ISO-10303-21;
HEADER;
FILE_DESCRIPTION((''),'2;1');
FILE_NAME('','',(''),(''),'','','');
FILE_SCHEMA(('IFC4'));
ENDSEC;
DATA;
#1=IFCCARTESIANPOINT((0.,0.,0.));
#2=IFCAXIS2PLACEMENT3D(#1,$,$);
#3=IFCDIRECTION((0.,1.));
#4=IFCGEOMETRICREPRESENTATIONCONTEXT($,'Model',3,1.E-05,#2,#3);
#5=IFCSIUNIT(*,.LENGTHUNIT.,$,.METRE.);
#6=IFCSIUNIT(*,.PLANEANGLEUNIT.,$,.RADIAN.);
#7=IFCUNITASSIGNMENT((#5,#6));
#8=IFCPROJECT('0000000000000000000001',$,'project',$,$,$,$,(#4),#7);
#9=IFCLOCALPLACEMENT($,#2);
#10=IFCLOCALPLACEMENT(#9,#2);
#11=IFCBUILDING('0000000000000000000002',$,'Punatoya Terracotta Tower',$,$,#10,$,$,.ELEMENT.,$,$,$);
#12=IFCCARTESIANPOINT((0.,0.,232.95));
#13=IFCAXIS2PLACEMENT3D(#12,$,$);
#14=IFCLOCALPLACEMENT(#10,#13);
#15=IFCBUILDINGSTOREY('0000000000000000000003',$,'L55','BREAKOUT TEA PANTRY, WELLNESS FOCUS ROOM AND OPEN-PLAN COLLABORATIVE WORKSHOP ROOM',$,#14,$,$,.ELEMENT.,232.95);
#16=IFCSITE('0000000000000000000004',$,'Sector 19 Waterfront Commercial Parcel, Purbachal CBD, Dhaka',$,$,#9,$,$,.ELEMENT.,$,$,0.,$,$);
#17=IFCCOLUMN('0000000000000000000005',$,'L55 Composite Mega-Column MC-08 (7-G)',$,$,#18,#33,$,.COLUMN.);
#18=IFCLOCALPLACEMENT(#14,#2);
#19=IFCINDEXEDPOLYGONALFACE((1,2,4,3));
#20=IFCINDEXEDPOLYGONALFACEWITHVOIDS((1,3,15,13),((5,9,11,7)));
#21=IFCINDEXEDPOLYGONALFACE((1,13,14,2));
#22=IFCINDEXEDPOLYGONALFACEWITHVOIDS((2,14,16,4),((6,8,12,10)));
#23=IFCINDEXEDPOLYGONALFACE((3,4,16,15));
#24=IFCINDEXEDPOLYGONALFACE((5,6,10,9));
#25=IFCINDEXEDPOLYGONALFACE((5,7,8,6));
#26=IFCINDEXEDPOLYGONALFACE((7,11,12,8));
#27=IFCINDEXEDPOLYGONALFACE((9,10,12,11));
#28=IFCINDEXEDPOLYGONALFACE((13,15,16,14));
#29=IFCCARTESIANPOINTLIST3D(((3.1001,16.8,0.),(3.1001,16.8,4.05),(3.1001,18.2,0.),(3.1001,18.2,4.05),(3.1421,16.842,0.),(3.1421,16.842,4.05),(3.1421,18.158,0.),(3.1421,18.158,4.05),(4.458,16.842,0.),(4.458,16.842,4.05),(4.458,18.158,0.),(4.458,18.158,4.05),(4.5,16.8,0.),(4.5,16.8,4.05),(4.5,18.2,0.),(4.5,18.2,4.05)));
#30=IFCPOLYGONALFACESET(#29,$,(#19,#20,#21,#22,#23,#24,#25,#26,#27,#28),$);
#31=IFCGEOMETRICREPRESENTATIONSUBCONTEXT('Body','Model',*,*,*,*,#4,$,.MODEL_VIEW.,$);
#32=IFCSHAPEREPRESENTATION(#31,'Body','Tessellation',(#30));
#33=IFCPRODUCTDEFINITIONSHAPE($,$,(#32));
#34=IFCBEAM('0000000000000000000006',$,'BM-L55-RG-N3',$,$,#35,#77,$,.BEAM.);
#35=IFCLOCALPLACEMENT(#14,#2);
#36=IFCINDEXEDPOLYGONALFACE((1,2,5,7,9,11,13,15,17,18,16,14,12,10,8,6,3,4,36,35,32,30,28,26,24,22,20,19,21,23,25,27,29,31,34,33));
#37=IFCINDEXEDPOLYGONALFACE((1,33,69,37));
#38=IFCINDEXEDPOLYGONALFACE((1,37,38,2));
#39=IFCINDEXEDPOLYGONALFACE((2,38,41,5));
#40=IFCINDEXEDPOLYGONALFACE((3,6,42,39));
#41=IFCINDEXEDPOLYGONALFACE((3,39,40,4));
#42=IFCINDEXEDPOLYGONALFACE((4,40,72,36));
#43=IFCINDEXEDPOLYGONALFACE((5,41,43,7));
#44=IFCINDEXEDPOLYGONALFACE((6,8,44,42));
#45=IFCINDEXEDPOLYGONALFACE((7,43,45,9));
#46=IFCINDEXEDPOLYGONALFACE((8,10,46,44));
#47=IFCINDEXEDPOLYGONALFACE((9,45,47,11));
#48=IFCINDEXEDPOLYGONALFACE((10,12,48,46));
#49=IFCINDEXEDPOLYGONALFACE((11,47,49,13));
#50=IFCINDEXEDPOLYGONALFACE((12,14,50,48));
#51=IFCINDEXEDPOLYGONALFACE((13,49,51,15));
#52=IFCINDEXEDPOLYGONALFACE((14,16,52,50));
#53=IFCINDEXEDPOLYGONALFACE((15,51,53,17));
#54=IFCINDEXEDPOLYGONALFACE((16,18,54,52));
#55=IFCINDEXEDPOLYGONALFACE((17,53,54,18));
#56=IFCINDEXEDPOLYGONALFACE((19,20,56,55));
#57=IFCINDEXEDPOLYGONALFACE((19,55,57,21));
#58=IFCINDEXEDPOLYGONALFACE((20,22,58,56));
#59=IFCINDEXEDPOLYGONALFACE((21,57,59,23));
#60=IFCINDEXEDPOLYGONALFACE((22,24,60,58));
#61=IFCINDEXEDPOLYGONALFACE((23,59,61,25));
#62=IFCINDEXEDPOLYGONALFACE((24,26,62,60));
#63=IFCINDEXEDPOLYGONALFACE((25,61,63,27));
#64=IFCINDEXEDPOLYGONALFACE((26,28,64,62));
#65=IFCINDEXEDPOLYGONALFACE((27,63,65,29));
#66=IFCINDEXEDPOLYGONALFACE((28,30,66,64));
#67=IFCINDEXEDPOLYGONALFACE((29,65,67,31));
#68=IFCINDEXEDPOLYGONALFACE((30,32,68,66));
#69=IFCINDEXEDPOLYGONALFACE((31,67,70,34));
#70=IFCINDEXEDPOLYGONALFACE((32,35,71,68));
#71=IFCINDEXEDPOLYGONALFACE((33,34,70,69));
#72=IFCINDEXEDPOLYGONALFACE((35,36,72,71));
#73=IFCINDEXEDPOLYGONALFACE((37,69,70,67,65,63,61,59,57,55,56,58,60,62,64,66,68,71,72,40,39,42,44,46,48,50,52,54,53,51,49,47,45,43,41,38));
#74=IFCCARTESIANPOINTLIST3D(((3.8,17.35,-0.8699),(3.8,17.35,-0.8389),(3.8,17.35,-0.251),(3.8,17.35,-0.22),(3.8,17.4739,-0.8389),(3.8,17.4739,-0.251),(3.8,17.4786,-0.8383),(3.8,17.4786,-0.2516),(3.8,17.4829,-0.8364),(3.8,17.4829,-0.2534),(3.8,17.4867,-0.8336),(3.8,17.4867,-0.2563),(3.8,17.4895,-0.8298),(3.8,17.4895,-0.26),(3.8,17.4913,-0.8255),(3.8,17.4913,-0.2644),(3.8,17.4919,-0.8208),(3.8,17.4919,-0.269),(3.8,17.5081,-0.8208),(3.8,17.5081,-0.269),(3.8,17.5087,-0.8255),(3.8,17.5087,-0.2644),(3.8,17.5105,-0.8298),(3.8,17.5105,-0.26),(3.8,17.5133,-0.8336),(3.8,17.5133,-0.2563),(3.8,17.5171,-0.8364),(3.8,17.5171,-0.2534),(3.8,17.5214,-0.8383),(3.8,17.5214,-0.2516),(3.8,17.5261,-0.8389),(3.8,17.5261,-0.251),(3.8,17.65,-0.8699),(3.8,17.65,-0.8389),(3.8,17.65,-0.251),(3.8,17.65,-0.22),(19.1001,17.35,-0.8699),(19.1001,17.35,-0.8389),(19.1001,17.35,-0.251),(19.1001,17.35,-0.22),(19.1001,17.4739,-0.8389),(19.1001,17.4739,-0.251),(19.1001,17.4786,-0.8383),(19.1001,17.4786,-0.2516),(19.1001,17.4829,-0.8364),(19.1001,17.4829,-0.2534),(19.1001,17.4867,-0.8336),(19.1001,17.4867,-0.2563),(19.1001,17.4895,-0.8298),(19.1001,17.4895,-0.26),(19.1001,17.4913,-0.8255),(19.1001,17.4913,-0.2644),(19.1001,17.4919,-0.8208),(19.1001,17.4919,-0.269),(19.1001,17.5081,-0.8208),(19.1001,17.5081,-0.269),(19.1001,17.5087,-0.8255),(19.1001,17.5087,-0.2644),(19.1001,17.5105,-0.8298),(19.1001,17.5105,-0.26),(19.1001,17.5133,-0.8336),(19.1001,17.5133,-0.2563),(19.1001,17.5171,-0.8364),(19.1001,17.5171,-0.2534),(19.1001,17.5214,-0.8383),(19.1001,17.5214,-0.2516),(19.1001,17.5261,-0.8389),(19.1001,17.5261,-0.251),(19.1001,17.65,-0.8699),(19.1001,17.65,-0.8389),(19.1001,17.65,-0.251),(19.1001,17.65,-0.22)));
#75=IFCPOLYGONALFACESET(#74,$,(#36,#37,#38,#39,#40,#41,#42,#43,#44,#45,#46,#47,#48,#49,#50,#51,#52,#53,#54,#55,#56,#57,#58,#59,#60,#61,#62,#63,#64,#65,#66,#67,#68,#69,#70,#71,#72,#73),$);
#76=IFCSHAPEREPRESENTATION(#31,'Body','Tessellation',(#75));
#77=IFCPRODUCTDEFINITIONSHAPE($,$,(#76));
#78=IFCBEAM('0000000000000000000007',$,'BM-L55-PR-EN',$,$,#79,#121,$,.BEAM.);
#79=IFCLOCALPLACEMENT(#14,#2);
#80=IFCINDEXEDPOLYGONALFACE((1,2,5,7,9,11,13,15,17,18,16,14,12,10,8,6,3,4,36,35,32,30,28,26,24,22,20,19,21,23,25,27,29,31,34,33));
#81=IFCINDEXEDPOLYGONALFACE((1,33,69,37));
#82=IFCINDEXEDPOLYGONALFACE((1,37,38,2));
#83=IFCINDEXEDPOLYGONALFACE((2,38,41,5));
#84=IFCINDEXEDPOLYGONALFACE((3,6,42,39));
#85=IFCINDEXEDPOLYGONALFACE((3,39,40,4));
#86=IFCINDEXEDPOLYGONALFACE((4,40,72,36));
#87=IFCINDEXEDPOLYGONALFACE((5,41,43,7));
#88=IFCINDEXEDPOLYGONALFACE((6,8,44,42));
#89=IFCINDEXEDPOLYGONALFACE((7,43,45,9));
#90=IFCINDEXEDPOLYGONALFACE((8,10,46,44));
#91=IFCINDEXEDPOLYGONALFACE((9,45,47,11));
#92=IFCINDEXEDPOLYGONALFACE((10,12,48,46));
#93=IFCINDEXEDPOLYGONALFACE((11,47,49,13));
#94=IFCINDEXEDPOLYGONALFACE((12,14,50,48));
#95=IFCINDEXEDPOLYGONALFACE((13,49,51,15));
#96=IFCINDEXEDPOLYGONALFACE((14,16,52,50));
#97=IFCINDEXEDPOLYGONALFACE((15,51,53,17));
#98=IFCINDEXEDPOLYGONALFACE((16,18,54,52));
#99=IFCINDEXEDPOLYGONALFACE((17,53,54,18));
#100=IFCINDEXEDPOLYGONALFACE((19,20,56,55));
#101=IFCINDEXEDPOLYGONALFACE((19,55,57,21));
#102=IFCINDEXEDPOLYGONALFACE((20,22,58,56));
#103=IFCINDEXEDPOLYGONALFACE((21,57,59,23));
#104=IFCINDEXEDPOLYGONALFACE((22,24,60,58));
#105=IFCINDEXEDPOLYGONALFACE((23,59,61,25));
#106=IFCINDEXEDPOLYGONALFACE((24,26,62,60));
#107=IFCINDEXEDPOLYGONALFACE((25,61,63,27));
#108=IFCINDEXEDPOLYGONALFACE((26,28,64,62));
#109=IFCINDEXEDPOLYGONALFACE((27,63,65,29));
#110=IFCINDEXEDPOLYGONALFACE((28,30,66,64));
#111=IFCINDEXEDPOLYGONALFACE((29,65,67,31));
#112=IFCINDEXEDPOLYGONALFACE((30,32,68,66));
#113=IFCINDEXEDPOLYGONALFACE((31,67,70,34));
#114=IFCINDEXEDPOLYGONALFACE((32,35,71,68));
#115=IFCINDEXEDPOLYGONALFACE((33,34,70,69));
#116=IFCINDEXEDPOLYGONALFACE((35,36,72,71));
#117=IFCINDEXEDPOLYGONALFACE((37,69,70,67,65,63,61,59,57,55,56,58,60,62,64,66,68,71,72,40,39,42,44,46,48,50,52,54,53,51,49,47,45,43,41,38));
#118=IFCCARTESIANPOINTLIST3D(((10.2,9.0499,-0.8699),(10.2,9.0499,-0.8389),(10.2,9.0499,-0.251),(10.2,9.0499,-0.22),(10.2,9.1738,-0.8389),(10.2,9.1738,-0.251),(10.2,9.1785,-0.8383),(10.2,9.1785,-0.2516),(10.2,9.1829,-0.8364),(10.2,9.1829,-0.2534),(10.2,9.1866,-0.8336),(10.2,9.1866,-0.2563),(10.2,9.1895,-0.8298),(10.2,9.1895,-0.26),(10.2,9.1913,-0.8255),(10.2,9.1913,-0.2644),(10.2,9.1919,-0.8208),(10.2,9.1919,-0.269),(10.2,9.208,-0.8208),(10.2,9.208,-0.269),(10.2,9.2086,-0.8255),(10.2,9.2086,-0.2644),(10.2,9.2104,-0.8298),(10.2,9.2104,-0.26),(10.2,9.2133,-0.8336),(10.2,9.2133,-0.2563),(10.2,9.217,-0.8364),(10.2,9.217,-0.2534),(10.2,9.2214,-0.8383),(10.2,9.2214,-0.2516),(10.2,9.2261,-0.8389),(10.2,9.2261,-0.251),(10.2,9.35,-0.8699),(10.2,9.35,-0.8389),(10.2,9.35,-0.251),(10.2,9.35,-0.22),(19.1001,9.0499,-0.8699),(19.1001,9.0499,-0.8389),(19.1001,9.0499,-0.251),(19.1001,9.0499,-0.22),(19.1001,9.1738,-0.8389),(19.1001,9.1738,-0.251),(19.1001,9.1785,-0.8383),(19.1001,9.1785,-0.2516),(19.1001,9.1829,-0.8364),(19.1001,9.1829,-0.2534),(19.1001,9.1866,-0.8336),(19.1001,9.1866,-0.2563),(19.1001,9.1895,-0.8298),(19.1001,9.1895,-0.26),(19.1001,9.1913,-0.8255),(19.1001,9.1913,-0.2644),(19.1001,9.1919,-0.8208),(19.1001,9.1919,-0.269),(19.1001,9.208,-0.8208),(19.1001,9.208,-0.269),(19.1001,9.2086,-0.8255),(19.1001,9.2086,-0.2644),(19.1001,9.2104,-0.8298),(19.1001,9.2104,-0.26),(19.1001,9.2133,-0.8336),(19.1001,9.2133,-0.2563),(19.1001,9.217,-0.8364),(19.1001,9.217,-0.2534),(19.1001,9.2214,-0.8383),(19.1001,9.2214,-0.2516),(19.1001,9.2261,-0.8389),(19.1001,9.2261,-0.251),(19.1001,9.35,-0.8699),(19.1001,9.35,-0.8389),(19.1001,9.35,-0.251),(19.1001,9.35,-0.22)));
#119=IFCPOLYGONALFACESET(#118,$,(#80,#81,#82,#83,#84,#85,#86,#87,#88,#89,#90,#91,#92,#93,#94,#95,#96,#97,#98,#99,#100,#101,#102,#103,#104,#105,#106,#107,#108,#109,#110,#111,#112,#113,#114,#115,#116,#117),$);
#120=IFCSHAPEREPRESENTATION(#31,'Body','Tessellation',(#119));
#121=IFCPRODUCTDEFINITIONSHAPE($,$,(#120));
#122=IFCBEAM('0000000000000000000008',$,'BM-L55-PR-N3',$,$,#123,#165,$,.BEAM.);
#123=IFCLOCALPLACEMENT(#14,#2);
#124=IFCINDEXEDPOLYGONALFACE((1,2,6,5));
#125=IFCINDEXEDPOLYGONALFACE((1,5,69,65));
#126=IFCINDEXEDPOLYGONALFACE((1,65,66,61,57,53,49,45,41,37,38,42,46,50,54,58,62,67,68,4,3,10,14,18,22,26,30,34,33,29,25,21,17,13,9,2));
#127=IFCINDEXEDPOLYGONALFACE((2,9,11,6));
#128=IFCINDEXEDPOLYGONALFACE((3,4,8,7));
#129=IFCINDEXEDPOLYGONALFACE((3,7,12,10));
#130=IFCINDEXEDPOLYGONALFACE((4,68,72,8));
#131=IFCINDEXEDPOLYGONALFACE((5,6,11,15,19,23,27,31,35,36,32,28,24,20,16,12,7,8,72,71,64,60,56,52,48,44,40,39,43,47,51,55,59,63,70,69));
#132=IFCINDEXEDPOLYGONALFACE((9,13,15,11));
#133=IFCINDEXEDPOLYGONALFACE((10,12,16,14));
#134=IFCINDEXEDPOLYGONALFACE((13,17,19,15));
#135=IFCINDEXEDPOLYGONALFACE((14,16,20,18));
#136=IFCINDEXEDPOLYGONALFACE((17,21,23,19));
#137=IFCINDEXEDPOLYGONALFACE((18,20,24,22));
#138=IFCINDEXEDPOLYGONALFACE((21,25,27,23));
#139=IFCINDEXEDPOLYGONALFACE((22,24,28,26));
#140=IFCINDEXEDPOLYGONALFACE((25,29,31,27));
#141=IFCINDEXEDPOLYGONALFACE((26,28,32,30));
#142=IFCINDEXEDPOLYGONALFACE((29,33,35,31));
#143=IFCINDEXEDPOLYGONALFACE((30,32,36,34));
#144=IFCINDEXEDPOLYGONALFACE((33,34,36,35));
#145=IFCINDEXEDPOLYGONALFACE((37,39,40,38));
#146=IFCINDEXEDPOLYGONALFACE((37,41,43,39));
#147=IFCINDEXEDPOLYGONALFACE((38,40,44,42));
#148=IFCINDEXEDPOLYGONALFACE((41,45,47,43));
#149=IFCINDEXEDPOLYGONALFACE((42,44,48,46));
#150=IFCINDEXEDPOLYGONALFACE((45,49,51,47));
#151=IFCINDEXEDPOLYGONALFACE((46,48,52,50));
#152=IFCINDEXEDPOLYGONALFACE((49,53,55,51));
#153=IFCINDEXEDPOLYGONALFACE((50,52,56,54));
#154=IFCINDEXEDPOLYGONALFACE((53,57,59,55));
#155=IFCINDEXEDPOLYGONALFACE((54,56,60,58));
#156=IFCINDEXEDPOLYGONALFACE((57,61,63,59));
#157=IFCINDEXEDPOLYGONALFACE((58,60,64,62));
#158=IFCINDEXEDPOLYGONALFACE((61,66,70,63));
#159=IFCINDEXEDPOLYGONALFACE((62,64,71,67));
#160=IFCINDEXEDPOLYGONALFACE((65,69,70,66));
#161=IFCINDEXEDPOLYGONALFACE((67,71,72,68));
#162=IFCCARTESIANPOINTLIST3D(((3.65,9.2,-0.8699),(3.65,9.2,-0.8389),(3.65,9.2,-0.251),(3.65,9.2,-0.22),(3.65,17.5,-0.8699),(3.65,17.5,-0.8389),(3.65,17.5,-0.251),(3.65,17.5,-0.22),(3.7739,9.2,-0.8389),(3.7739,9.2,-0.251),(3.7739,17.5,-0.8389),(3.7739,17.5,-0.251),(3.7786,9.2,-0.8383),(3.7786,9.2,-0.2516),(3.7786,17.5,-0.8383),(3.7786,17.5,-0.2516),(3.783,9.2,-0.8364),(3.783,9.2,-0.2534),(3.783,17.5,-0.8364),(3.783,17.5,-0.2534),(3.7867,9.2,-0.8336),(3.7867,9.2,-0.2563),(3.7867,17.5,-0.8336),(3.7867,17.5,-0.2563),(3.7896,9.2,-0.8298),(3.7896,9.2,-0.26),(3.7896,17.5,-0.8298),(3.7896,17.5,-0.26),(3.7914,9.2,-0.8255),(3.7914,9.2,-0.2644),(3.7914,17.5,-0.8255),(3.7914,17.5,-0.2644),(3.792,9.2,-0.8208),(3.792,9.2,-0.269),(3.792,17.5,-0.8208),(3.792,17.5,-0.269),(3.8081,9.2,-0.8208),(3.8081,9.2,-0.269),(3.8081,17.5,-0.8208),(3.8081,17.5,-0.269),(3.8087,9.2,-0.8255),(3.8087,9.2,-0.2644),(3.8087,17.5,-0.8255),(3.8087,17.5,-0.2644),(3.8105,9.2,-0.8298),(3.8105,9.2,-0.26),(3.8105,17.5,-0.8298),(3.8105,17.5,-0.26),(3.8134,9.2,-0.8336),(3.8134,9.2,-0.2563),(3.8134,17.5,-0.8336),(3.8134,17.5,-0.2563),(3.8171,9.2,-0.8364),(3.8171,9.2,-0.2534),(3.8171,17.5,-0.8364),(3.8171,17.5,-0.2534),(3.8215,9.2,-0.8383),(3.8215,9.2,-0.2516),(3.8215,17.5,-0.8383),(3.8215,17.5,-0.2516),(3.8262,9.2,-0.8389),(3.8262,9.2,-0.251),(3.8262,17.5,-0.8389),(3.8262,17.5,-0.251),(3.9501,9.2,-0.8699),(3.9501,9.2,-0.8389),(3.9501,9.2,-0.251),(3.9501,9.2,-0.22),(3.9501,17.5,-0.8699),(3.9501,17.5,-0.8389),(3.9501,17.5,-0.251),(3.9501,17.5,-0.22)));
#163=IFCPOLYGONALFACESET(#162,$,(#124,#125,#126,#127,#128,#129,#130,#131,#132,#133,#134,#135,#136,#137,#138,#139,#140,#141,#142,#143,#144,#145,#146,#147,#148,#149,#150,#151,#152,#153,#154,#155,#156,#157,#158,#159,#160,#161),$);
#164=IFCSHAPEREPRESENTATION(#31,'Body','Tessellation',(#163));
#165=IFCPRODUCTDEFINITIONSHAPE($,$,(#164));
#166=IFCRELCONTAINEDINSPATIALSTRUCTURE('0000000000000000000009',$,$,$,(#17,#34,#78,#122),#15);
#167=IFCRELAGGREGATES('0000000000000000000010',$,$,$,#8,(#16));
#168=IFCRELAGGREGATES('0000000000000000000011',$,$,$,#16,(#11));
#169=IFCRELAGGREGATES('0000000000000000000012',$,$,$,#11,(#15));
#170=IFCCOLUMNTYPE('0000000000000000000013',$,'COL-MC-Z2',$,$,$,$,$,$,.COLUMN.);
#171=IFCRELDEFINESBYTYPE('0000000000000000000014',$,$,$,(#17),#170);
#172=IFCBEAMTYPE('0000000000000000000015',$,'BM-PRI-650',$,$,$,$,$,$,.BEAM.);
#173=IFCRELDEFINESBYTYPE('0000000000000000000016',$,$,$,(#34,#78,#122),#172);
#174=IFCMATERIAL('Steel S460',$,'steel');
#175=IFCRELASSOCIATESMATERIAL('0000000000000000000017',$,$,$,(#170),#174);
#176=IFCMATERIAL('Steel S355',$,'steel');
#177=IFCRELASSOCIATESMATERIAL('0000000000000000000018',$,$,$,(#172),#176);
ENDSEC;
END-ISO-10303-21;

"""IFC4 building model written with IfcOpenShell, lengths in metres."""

from ifc_helpers import new_model, si_unit, direction, frame, origin, origin_2d, place, context, subcontext, project, spatial, hollow_rectangle, i_section, extrude, material, material_profile, profile_set, type_object, element, save


model = new_model("IFC4")

# Units and contexts
model_context = context("Model", 3, precision=1e-05, world=origin(), true_north=direction((0.0, 1.0)))
body_context = subcontext(model_context, "Body", "Model", "MODEL_VIEW")
ifc_project = project(units=[si_unit("LENGTHUNIT", "METRE"), si_unit("PLANEANGLEUNIT", "RADIAN")], contexts=[model_context])

# Site, building, storey
site_placement = place(None, origin())
site = spatial("IfcSite", under=ifc_project, at=site_placement, Name="Sector 19 Waterfront Commercial Parcel, Purbachal CBD, Dhaka", CompositionType="ELEMENT", RefElevation=0.0)
building_placement = place(site_placement, origin())
building = spatial("IfcBuilding", under=site, at=building_placement, Name="Punatoya Terracotta Tower", CompositionType="ELEMENT")
storey_placement = place(building_placement, frame((0.0, 0.0, 232.95)))
storey = spatial("IfcBuildingStorey", under=building, at=storey_placement, Name="L55", Description="BREAKOUT TEA PANTRY, WELLNESS FOCUS ROOM AND OPEN-PLAN COLLABORATIVE WORKSHOP ROOM", CompositionType="ELEMENT", Elevation=232.95)

# Column
ifc_material_1 = material(Name="Steel S460", Category="steel")
ifc_material_profile_1 = material_profile(ifc_material_1, hollow_rectangle(XDim=1.3999, YDim=1.3999, WallThickness=0.042, at=origin_2d()))
ifc_profile_set_1 = profile_set([ifc_material_profile_1], Name="Steel S460")
column_type = type_object("IfcColumnType", Name="COL-MC-Z2", PredefinedType="COLUMN", material=ifc_profile_set_1)
column_placement = place(storey_placement, frame((3.8, 17.5, 0.0), z_axis=(0.0, 0.0, 1.0), x_axis=(1.0, 0.0, 0.0)))
element("IfcColumn", 1, at=column_placement, inside=storey, type_object=column_type, Name="L55 Composite Mega-Column MC-08 (7-G)", PredefinedType="COLUMN", context=body_context, shape_type="SweptSolid", body=[
    extrude(hollow_rectangle(XDim=1.3999, YDim=1.3999, WallThickness=0.042, at=origin_2d()), origin(), (0.0, 0.0, 1.0), 4.05),
])

# Beams
ifc_material_2 = material(Name="Steel S355", Category="steel")
ifc_material_profile_2 = material_profile(ifc_material_2, i_section(OverallWidth=0.3, OverallDepth=0.6499, WebThickness=0.0161, FlangeThickness=0.031, FilletRadius=0.0181, at=origin_2d()))
ifc_profile_set_2 = profile_set([ifc_material_profile_2], Name="Steel S355")
beam_type_1 = type_object("IfcBeamType", Name="BM-PRI-650", PredefinedType="BEAM", material=ifc_profile_set_2)
beam_1_placement = place(storey_placement, frame((3.8, 17.5, -0.5449), z_axis=(1.0, 0.0, 0.0), x_axis=(0.0, 1.0, 0.0)))
element("IfcBeam", 2, at=beam_1_placement, inside=storey, type_object=beam_type_1, Name="BM-L55-RG-N3", PredefinedType="BEAM", context=body_context, shape_type="SweptSolid", body=[
    extrude(i_section(OverallWidth=0.3, OverallDepth=0.6499, WebThickness=0.0161, FlangeThickness=0.031, FilletRadius=0.0181, at=origin_2d()), origin(), (0.0, 0.0, 1.0), 15.3),
])
beam_2_placement = place(storey_placement, frame((10.2, 9.2, -0.5449), z_axis=(1.0, 0.0, 0.0), x_axis=(0.0, 1.0, 0.0)))
element("IfcBeam", 3, at=beam_2_placement, inside=storey, type_object=beam_type_1, Name="BM-L55-PR-EN", PredefinedType="BEAM", context=body_context, shape_type="SweptSolid", body=[
    extrude(i_section(OverallWidth=0.3, OverallDepth=0.6499, WebThickness=0.0161, FlangeThickness=0.031, FilletRadius=0.0181, at=origin_2d()), origin(), (0.0, 0.0, 1.0), 8.9001),
])
for number, where, z_axis, x_axis, name in (
    (4, (3.8, 9.2, -0.5449), (0.0, 1.0, 0.0), (-1.0, 0.0, 0.0), "BM-L55-PR-N3"),
):
    element("IfcBeam", number, at=place(storey_placement, frame(where, z_axis=z_axis, x_axis=x_axis)), inside=storey, type_object=beam_type_1, Name=name, PredefinedType="BEAM", context=body_context, shape_type="SweptSolid", body=[
        extrude(i_section(OverallWidth=0.3, OverallDepth=0.6499, WebThickness=0.0161, FlangeThickness=0.031, FilletRadius=0.0181, at=origin_2d()), origin(), (0.0, 0.0, 1.0), 8.3),
    ])

save(model, "model.ifc")
